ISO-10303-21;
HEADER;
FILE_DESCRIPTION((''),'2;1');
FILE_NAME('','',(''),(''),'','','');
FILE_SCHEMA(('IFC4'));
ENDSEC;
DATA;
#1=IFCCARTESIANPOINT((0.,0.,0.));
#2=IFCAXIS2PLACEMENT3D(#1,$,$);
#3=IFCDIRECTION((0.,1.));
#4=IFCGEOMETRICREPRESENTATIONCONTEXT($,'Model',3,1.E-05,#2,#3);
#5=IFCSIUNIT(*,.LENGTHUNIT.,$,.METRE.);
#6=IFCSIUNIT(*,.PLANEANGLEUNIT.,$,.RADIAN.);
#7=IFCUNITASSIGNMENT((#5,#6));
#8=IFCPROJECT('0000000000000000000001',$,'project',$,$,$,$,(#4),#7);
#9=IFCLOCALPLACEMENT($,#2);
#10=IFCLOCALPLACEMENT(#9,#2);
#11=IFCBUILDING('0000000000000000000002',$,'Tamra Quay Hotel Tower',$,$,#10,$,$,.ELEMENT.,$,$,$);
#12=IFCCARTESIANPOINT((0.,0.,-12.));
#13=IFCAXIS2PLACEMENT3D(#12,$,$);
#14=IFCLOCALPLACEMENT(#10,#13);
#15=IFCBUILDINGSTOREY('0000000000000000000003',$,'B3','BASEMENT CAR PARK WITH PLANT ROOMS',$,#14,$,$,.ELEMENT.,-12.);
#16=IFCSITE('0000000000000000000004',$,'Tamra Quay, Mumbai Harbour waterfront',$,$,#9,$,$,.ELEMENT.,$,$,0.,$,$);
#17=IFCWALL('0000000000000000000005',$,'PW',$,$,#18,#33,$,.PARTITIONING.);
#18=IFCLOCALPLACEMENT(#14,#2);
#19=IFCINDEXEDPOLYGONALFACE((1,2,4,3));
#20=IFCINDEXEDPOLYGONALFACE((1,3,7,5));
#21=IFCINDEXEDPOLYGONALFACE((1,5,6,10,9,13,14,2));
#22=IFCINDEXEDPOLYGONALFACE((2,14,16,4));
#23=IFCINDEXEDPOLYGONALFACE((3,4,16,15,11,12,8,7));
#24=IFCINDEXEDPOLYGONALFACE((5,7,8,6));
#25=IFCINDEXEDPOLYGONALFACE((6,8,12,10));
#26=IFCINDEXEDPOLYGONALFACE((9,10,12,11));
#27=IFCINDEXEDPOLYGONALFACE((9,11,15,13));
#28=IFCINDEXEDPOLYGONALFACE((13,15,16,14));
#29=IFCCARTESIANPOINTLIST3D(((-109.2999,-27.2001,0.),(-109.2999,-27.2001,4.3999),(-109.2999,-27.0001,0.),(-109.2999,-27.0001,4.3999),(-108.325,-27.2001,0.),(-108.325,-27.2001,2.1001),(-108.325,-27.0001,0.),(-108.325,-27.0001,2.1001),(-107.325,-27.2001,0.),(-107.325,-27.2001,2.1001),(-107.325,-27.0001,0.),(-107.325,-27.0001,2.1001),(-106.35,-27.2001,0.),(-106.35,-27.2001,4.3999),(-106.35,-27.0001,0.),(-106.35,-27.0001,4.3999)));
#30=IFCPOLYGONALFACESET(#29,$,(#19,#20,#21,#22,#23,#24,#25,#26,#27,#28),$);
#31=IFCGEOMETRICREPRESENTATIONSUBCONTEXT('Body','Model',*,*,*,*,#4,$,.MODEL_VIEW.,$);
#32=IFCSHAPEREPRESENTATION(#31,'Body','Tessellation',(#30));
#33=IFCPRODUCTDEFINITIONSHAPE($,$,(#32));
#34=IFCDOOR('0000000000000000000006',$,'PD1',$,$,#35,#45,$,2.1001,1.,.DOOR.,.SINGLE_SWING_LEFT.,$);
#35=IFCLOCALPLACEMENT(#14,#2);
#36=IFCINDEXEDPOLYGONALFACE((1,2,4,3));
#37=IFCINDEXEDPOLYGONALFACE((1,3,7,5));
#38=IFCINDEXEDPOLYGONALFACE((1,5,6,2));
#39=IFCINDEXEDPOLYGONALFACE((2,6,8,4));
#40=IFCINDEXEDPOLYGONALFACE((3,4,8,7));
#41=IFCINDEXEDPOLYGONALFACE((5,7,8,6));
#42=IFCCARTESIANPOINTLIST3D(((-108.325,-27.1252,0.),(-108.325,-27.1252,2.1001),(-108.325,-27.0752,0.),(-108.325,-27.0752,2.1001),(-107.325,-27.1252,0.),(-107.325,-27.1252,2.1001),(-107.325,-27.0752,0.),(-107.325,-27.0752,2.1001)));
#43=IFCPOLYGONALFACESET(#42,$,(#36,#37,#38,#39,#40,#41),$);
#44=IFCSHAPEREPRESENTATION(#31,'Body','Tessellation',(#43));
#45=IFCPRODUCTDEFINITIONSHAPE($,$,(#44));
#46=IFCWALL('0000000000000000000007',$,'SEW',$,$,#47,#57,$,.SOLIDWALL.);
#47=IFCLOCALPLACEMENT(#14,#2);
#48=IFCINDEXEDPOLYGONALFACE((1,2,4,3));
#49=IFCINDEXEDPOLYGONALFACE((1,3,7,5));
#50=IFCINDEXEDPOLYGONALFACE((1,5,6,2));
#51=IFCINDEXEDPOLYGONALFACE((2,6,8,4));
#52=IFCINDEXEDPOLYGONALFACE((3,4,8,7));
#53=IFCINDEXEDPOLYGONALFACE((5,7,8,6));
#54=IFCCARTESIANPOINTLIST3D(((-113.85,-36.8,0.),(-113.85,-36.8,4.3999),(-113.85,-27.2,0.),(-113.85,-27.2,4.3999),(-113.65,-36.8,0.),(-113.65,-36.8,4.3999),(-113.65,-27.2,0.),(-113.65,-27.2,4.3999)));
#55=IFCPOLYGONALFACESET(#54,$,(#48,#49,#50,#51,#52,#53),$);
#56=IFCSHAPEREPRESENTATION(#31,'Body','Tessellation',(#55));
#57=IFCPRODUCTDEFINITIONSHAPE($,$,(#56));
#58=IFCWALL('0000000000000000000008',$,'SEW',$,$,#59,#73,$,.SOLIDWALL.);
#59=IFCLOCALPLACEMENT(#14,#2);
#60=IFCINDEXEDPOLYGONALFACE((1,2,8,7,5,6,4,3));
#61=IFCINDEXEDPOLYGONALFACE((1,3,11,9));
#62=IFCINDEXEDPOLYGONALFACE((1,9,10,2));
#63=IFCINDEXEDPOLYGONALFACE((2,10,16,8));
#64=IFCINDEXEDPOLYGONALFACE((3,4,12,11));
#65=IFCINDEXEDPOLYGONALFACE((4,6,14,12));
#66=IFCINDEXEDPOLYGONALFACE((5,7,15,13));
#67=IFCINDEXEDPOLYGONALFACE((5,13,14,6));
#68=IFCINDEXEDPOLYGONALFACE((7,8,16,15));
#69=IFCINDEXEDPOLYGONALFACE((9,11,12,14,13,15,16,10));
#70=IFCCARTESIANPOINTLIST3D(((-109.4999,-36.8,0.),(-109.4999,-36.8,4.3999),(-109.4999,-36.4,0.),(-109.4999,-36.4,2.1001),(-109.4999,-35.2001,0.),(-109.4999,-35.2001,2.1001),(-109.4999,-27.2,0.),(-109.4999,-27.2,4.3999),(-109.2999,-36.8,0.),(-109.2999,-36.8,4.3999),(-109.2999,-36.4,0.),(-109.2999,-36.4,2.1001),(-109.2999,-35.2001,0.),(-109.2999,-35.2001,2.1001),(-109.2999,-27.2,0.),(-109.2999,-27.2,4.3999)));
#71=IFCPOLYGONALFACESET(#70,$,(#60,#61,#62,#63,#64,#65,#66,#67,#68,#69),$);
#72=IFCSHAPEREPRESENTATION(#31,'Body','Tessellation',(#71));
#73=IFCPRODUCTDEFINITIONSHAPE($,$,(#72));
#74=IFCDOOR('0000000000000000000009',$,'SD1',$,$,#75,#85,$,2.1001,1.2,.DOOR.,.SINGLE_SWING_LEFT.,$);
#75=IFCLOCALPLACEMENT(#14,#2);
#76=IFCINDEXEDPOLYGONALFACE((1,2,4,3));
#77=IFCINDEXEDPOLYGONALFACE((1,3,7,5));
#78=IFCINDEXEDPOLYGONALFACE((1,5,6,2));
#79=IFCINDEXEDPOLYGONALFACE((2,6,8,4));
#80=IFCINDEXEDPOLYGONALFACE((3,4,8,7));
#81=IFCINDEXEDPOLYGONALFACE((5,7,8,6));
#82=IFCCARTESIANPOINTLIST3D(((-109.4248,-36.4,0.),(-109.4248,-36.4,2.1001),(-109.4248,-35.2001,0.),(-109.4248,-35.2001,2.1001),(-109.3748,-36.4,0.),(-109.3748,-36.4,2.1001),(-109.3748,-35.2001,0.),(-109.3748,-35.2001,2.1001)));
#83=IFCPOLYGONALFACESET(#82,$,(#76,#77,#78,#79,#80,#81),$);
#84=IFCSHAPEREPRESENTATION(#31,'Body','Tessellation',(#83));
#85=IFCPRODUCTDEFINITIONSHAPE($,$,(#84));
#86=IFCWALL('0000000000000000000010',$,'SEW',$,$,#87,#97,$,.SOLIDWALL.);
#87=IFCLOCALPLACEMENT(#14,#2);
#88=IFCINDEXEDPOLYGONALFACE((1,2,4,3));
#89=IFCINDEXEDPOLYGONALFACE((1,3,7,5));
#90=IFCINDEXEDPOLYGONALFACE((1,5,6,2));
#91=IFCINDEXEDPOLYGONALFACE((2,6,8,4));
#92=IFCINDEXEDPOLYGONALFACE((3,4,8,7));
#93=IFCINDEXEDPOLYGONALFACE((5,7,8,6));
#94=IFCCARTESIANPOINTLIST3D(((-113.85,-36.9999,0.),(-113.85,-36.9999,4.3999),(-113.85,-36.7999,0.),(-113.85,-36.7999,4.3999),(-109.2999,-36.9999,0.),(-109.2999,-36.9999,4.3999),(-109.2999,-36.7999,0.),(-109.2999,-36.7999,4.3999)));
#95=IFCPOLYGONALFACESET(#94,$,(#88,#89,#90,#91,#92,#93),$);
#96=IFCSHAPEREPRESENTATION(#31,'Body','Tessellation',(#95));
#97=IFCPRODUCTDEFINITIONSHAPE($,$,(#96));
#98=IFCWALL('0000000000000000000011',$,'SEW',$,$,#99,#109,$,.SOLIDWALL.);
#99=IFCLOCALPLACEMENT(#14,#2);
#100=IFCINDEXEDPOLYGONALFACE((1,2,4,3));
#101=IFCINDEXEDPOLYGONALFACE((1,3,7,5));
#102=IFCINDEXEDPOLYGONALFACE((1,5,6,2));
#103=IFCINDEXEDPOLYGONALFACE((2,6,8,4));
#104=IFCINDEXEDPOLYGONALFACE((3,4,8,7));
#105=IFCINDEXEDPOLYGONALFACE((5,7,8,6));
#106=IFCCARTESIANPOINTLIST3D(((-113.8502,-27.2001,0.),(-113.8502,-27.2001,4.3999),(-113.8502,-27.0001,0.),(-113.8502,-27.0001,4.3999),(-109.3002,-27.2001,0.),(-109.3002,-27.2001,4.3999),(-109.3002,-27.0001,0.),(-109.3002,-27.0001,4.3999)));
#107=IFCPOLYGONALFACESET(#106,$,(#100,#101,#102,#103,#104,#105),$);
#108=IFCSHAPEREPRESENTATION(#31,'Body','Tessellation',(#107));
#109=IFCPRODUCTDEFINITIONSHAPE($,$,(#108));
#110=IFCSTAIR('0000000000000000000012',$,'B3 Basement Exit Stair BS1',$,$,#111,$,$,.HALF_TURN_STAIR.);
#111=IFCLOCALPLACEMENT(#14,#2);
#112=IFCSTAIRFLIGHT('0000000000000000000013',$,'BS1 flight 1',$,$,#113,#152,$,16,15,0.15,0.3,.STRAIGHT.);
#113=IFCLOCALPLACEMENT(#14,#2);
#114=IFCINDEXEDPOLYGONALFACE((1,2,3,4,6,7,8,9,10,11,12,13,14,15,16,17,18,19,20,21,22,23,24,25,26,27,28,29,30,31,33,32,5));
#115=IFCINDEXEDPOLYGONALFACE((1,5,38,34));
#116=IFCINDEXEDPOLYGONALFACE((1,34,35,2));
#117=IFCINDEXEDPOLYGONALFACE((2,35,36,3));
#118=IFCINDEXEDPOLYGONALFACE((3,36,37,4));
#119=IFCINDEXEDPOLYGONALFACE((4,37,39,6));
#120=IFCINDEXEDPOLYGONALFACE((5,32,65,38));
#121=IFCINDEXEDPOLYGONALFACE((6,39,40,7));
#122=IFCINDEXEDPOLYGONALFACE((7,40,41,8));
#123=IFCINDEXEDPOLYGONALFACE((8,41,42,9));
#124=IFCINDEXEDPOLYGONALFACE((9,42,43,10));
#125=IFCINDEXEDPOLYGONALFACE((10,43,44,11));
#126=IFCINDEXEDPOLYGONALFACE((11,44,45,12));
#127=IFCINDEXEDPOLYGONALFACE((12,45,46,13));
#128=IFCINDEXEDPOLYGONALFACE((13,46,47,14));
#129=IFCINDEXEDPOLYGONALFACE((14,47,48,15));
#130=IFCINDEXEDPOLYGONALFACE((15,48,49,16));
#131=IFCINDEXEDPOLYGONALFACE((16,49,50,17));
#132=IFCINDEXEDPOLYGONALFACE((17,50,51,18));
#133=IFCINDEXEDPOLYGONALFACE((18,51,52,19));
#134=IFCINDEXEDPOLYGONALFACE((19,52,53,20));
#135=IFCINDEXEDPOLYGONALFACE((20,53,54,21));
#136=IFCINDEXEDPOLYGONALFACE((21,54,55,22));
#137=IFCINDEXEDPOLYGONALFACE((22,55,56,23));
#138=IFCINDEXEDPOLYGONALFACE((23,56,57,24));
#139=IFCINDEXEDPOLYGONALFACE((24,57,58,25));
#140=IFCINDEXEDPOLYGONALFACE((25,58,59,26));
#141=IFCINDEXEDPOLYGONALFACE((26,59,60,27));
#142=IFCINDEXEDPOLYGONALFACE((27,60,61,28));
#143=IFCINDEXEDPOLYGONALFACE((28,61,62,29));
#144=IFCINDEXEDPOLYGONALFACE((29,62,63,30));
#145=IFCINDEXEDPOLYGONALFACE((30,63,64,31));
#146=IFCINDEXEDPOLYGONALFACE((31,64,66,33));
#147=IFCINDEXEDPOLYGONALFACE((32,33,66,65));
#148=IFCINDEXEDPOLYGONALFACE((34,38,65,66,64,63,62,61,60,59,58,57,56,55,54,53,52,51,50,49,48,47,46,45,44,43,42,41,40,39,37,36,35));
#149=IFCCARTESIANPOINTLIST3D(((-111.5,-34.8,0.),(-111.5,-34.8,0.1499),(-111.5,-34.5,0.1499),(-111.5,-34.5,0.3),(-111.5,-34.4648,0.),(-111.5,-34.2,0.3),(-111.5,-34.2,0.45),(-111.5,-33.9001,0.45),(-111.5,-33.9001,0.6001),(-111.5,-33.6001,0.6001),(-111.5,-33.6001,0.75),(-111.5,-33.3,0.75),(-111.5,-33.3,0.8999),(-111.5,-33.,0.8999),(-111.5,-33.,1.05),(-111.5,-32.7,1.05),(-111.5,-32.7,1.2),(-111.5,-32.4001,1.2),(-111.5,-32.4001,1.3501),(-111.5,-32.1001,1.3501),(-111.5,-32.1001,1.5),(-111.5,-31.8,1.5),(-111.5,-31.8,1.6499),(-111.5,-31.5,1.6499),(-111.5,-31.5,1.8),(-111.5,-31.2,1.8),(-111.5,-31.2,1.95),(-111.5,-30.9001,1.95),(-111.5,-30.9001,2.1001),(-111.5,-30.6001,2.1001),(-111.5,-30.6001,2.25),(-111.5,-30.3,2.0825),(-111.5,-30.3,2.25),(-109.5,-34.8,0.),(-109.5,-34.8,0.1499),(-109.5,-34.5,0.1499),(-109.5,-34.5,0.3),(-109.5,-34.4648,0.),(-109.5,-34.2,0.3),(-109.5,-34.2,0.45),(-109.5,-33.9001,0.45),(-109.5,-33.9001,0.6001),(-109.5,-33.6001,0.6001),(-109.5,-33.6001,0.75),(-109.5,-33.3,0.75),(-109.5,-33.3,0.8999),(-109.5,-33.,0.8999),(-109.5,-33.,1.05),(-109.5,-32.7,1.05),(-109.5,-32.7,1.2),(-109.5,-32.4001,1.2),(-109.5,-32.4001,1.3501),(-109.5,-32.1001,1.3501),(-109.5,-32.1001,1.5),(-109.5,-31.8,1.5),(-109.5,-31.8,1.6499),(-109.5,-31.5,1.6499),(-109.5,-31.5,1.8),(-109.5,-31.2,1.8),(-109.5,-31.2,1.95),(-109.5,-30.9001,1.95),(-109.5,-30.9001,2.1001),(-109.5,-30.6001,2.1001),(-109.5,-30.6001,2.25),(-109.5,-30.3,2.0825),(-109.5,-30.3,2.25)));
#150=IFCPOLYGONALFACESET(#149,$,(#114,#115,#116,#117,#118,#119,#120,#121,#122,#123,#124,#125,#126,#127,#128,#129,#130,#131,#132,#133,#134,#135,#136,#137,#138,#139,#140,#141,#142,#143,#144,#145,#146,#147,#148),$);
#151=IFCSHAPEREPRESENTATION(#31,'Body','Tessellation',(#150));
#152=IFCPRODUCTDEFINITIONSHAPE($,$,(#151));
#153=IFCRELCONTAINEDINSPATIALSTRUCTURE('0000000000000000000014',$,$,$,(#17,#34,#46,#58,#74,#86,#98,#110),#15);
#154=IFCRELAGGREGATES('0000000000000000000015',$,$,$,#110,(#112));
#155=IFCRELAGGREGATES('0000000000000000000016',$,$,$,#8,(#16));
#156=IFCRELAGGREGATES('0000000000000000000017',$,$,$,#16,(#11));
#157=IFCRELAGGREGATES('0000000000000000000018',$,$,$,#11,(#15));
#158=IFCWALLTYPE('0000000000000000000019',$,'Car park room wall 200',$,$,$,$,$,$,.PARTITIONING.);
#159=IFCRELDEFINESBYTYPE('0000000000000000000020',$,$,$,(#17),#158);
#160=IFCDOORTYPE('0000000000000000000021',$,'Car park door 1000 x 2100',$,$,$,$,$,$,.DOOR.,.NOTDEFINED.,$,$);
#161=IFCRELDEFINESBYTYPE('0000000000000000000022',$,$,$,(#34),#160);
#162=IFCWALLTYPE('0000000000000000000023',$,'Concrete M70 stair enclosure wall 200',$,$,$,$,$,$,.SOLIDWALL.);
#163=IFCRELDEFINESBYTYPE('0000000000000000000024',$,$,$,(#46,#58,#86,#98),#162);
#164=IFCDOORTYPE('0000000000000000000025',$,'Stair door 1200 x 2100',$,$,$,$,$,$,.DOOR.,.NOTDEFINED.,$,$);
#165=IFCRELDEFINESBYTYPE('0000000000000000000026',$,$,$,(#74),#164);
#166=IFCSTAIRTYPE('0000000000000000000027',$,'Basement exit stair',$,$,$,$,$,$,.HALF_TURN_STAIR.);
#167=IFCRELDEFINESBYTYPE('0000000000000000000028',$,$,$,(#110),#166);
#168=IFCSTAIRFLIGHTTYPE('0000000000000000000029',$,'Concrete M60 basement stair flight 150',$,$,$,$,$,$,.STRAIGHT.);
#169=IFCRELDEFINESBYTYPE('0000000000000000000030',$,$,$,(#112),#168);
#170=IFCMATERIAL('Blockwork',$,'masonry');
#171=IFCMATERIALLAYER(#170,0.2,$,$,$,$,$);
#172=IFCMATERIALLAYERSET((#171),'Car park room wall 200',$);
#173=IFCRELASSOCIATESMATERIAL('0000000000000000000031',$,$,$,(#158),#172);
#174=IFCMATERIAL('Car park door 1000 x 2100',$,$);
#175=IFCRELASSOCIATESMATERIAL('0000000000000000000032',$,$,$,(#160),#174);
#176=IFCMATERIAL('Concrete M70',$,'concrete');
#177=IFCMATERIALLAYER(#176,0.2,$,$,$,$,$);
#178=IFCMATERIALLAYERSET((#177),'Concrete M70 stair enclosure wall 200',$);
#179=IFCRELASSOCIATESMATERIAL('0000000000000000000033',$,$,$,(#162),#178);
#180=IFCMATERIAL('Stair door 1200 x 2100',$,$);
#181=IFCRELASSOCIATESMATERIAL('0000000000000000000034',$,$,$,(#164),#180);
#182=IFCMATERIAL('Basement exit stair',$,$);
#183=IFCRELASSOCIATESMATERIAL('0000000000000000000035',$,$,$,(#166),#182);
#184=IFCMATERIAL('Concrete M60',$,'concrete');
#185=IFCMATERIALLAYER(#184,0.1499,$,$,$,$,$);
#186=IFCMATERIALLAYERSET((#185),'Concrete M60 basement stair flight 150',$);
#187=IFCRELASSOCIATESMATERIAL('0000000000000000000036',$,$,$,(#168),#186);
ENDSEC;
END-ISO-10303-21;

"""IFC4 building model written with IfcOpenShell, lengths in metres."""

from ifc_helpers import new_model, si_unit, direction, frame, frame_2d, origin, place, context, subcontext, project, spatial, polyline, rectangle, outline, extrude, material, layer, layer_set, type_object, element, fill, aggregate, save


model = new_model("IFC4")

# Units and contexts
model_context = context("Model", 3, precision=1e-05, world=origin(), true_north=direction((0.0, 1.0)))
body_context = subcontext(model_context, "Body", "Model", "MODEL_VIEW")
ifc_project = project(units=[si_unit("LENGTHUNIT", "METRE"), si_unit("PLANEANGLEUNIT", "RADIAN")], contexts=[model_context])

# Site, building, storey
site_placement = place(None, origin())
site = spatial("IfcSite", under=ifc_project, at=site_placement, Name="Tamra Quay, Mumbai Harbour waterfront", CompositionType="ELEMENT", RefElevation=0.0)
building_placement = place(site_placement, origin())
building = spatial("IfcBuilding", under=site, at=building_placement, Name="Tamra Quay Hotel Tower", CompositionType="ELEMENT")
storey_placement = place(building_placement, frame((0.0, 0.0, -12.0)))
storey = spatial("IfcBuildingStorey", under=building, at=storey_placement, Name="B3", Description="BASEMENT CAR PARK WITH PLANT ROOMS", CompositionType="ELEMENT", Elevation=-12.0)

# Shared definitions
ifc_material_1 = material(Name="Concrete M70", Category="concrete")

# Shared definitions
ifc_material_2 = material(Name="Blockwork", Category="masonry")
ifc_layer_1 = layer(ifc_material_2, 0.2)
ifc_layer_set_1 = layer_set([ifc_layer_1], Name="Car park room wall 200")
wall_type_1 = type_object("IfcWallType", Name="Car park room wall 200", PredefinedType="PARTITIONING", material=ifc_layer_set_1)

# Wall, opening, door
wall_1_placement = place(storey_placement, frame((-109.3, -27.1001, 0.0), z_axis=(0.0, 0.0, 1.0), x_axis=(1.0, 0.0, 0.0)))
wall_1 = element("IfcWall", 1, at=wall_1_placement, inside=storey, type_object=wall_type_1, Name="PW", PredefinedType="PARTITIONING", context=body_context, shape_type="SweptSolid", body=[
    extrude(rectangle(XDim=2.95, YDim=0.2, at=frame_2d((1.4751, 0.0))), origin(), (0.0, 0.0, 1.0), 4.3999),
])
opening_1_placement = place(wall_1_placement, frame((0.9751, 0.0, 0.0)))
opening_1 = element("IfcOpeningElement", 2, at=opening_1_placement, cuts=wall_1, PredefinedType="OPENING", context=body_context, shape_type="SweptSolid", body=[
    extrude(rectangle(XDim=1.0, YDim=2.1001, at=frame_2d((0.5, 1.05))), frame((0.0, 0.1099, 0.0), z_axis=(0.0, -1.0, 0.0), x_axis=(1.0, 0.0, 0.0)), (0.0, 0.0, 1.0), 0.22),
])
ifc_material_3 = material(Name="Car park door 1000 x 2100")
door_type_1 = type_object("IfcDoorType", Name="Car park door 1000 x 2100", OperationType="NOTDEFINED", PredefinedType="DOOR", material=ifc_material_3)
door_1_placement = place(opening_1_placement, origin())
door_1 = element("IfcDoor", 3, at=door_1_placement, inside=storey, type_object=door_type_1, Name="PD1", OperationType="SINGLE_SWING_LEFT", OverallHeight=2.1001, OverallWidth=1.0, PredefinedType="DOOR", context=body_context, shape_type="SweptSolid", body=[
    extrude(rectangle(XDim=1.0, YDim=2.1001, at=frame_2d((0.5, 1.05))), frame((0.0, 0.0249, 0.0), z_axis=(0.0, -1.0, 0.0), x_axis=(1.0, 0.0, 0.0)), (0.0, 0.0, 1.0), 0.05),
])
fill(opening_1, door_1)

# Wall
ifc_layer_2 = layer(ifc_material_1, 0.2)
ifc_layer_set_2 = layer_set([ifc_layer_2], Name="Concrete M70 stair enclosure wall 200")
wall_type_2 = type_object("IfcWallType", Name="Concrete M70 stair enclosure wall 200", PredefinedType="SOLIDWALL", material=ifc_layer_set_2)
wall_2_placement = place(storey_placement, frame((-113.75, -36.8, 0.0), z_axis=(0.0, 0.0, 1.0), x_axis=(0.0, 1.0, 0.0)))
element("IfcWall", 4, at=wall_2_placement, inside=storey, type_object=wall_type_2, Name="SEW", PredefinedType="SOLIDWALL", context=body_context, shape_type="SweptSolid", body=[
    extrude(rectangle(XDim=9.6001, YDim=0.2, at=frame_2d((4.8, 0.0))), origin(), (0.0, 0.0, 1.0), 4.3999),
])

# Wall, opening, door
wall_3_placement = place(storey_placement, frame((-109.3999, -36.8, 0.0), z_axis=(0.0, 0.0, 1.0), x_axis=(0.0, 1.0, 0.0)))
wall_3 = element("IfcWall", 5, at=wall_3_placement, inside=storey, type_object=wall_type_2, Name="SEW", PredefinedType="SOLIDWALL", context=body_context, shape_type="SweptSolid", body=[
    extrude(rectangle(XDim=9.6001, YDim=0.2, at=frame_2d((4.8, 0.0))), origin(), (0.0, 0.0, 1.0), 4.3999),
])
opening_2_placement = place(wall_3_placement, frame((0.3999, 0.0, 0.0)))
opening_2 = element("IfcOpeningElement", 6, at=opening_2_placement, cuts=wall_3, PredefinedType="OPENING", context=body_context, shape_type="SweptSolid", body=[
    extrude(rectangle(XDim=1.2, YDim=2.1001, at=frame_2d((0.6001, 1.05))), frame((0.0, 0.1099, 0.0), z_axis=(0.0, -1.0, 0.0), x_axis=(1.0, 0.0, 0.0)), (0.0, 0.0, 1.0), 0.22),
])
ifc_material_4 = material(Name="Stair door 1200 x 2100")
door_type_2 = type_object("IfcDoorType", Name="Stair door 1200 x 2100", OperationType="NOTDEFINED", PredefinedType="DOOR", material=ifc_material_4)
door_2_placement = place(opening_2_placement, origin())
door_2 = element("IfcDoor", 7, at=door_2_placement, inside=storey, type_object=door_type_2, Name="SD1", OperationType="SINGLE_SWING_LEFT", OverallHeight=2.1001, OverallWidth=1.2, PredefinedType="DOOR", context=body_context, shape_type="SweptSolid", body=[
    extrude(rectangle(XDim=1.2, YDim=2.1001, at=frame_2d((0.6001, 1.05))), frame((0.0, 0.0249, 0.0), z_axis=(0.0, -1.0, 0.0), x_axis=(1.0, 0.0, 0.0)), (0.0, 0.0, 1.0), 0.05),
])
fill(opening_2, door_2)

# Walls
for number, where, z_axis, x_axis, name in (
    (8, (-109.3, -36.8999, 0.0), (0.0, 0.0, 1.0), (-1.0, 0.0, 0.0), "SEW"),
    (9, (-113.8501, -27.1001, 0.0), (0.0, 0.0, 1.0), (1.0, 0.0, 0.0), "SEW"),
):
    element("IfcWall", number, at=place(storey_placement, frame(where, z_axis=z_axis, x_axis=x_axis)), inside=storey, type_object=wall_type_2, Name=name, PredefinedType="SOLIDWALL", context=body_context, shape_type="SweptSolid", body=[
        extrude(rectangle(XDim=4.55, YDim=0.2, at=frame_2d((2.2749, 0.0))), origin(), (0.0, 0.0, 1.0), 4.3999),
    ])

# Stair, stair flight
ifc_material_5 = material(Name="Basement exit stair")
stair_type = type_object("IfcStairType", Name="Basement exit stair", PredefinedType="HALF_TURN_STAIR", material=ifc_material_5)
stair_placement = place(storey_placement, origin())
stair = element("IfcStair", 10, at=stair_placement, inside=storey, type_object=stair_type, Name="B3 Basement Exit Stair BS1", PredefinedType="HALF_TURN_STAIR")
ifc_material_6 = material(Name="Concrete M60", Category="concrete")
ifc_layer_3 = layer(ifc_material_6, 0.1499)
ifc_layer_set_3 = layer_set([ifc_layer_3], Name="Concrete M60 basement stair flight 150")
stair_flight_type = type_object("IfcStairFlightType", Name="Concrete M60 basement stair flight 150", PredefinedType="STRAIGHT", material=ifc_layer_set_3)
stair_flight_1_placement = place(storey_placement, frame((-110.5, -34.8, 0.0), z_axis=(0.0, 0.0, 1.0), x_axis=(0.0, 1.0, 0.0)))
stair_flight_1 = element("IfcStairFlight", 11, at=stair_flight_1_placement, type_object=stair_flight_type, Name="BS1 flight 1", NumberOfRisers=16, NumberOfTreads=15, PredefinedType="STRAIGHT", RiserHeight=0.15, TreadLength=0.3, context=body_context, shape_type="SweptSolid", body=[
    extrude(outline(polyline([(0.0, 0.0), (0.0, 0.1499), (0.3, 0.1499), (0.3, 0.3), (0.6001, 0.3), (0.6001, 0.45), (0.8999, 0.45), (0.8999, 0.6001), (1.2, 0.6001), (1.2, 0.75), (1.5, 0.75), (1.5, 0.8999), (1.8, 0.8999), (1.8, 1.05), (2.1001, 1.05), (2.1001, 1.2), (2.3999, 1.2), (2.3999, 1.3501), (2.7, 1.3501), (2.7, 1.5), (3.0, 1.5), (3.0, 1.6499), (3.3, 1.6499), (3.3, 1.8), (3.6001, 1.8), (3.6001, 1.95), (3.8999, 1.95), (3.8999, 2.1001), (4.2, 2.1001), (4.2, 2.25), (4.5, 2.25), (4.5, 2.3999), (4.5, 2.0825), (0.3352, 0.0), (0.0, 0.0)])), frame((0.0, 1.0, 0.0), z_axis=(0.0, -1.0, 0.0), x_axis=(1.0, 0.0, 0.0)), (0.0, 0.0, 1.0), 2.0),
])
aggregate(stair, [stair_flight_1])

save(model, "model.ifc")
